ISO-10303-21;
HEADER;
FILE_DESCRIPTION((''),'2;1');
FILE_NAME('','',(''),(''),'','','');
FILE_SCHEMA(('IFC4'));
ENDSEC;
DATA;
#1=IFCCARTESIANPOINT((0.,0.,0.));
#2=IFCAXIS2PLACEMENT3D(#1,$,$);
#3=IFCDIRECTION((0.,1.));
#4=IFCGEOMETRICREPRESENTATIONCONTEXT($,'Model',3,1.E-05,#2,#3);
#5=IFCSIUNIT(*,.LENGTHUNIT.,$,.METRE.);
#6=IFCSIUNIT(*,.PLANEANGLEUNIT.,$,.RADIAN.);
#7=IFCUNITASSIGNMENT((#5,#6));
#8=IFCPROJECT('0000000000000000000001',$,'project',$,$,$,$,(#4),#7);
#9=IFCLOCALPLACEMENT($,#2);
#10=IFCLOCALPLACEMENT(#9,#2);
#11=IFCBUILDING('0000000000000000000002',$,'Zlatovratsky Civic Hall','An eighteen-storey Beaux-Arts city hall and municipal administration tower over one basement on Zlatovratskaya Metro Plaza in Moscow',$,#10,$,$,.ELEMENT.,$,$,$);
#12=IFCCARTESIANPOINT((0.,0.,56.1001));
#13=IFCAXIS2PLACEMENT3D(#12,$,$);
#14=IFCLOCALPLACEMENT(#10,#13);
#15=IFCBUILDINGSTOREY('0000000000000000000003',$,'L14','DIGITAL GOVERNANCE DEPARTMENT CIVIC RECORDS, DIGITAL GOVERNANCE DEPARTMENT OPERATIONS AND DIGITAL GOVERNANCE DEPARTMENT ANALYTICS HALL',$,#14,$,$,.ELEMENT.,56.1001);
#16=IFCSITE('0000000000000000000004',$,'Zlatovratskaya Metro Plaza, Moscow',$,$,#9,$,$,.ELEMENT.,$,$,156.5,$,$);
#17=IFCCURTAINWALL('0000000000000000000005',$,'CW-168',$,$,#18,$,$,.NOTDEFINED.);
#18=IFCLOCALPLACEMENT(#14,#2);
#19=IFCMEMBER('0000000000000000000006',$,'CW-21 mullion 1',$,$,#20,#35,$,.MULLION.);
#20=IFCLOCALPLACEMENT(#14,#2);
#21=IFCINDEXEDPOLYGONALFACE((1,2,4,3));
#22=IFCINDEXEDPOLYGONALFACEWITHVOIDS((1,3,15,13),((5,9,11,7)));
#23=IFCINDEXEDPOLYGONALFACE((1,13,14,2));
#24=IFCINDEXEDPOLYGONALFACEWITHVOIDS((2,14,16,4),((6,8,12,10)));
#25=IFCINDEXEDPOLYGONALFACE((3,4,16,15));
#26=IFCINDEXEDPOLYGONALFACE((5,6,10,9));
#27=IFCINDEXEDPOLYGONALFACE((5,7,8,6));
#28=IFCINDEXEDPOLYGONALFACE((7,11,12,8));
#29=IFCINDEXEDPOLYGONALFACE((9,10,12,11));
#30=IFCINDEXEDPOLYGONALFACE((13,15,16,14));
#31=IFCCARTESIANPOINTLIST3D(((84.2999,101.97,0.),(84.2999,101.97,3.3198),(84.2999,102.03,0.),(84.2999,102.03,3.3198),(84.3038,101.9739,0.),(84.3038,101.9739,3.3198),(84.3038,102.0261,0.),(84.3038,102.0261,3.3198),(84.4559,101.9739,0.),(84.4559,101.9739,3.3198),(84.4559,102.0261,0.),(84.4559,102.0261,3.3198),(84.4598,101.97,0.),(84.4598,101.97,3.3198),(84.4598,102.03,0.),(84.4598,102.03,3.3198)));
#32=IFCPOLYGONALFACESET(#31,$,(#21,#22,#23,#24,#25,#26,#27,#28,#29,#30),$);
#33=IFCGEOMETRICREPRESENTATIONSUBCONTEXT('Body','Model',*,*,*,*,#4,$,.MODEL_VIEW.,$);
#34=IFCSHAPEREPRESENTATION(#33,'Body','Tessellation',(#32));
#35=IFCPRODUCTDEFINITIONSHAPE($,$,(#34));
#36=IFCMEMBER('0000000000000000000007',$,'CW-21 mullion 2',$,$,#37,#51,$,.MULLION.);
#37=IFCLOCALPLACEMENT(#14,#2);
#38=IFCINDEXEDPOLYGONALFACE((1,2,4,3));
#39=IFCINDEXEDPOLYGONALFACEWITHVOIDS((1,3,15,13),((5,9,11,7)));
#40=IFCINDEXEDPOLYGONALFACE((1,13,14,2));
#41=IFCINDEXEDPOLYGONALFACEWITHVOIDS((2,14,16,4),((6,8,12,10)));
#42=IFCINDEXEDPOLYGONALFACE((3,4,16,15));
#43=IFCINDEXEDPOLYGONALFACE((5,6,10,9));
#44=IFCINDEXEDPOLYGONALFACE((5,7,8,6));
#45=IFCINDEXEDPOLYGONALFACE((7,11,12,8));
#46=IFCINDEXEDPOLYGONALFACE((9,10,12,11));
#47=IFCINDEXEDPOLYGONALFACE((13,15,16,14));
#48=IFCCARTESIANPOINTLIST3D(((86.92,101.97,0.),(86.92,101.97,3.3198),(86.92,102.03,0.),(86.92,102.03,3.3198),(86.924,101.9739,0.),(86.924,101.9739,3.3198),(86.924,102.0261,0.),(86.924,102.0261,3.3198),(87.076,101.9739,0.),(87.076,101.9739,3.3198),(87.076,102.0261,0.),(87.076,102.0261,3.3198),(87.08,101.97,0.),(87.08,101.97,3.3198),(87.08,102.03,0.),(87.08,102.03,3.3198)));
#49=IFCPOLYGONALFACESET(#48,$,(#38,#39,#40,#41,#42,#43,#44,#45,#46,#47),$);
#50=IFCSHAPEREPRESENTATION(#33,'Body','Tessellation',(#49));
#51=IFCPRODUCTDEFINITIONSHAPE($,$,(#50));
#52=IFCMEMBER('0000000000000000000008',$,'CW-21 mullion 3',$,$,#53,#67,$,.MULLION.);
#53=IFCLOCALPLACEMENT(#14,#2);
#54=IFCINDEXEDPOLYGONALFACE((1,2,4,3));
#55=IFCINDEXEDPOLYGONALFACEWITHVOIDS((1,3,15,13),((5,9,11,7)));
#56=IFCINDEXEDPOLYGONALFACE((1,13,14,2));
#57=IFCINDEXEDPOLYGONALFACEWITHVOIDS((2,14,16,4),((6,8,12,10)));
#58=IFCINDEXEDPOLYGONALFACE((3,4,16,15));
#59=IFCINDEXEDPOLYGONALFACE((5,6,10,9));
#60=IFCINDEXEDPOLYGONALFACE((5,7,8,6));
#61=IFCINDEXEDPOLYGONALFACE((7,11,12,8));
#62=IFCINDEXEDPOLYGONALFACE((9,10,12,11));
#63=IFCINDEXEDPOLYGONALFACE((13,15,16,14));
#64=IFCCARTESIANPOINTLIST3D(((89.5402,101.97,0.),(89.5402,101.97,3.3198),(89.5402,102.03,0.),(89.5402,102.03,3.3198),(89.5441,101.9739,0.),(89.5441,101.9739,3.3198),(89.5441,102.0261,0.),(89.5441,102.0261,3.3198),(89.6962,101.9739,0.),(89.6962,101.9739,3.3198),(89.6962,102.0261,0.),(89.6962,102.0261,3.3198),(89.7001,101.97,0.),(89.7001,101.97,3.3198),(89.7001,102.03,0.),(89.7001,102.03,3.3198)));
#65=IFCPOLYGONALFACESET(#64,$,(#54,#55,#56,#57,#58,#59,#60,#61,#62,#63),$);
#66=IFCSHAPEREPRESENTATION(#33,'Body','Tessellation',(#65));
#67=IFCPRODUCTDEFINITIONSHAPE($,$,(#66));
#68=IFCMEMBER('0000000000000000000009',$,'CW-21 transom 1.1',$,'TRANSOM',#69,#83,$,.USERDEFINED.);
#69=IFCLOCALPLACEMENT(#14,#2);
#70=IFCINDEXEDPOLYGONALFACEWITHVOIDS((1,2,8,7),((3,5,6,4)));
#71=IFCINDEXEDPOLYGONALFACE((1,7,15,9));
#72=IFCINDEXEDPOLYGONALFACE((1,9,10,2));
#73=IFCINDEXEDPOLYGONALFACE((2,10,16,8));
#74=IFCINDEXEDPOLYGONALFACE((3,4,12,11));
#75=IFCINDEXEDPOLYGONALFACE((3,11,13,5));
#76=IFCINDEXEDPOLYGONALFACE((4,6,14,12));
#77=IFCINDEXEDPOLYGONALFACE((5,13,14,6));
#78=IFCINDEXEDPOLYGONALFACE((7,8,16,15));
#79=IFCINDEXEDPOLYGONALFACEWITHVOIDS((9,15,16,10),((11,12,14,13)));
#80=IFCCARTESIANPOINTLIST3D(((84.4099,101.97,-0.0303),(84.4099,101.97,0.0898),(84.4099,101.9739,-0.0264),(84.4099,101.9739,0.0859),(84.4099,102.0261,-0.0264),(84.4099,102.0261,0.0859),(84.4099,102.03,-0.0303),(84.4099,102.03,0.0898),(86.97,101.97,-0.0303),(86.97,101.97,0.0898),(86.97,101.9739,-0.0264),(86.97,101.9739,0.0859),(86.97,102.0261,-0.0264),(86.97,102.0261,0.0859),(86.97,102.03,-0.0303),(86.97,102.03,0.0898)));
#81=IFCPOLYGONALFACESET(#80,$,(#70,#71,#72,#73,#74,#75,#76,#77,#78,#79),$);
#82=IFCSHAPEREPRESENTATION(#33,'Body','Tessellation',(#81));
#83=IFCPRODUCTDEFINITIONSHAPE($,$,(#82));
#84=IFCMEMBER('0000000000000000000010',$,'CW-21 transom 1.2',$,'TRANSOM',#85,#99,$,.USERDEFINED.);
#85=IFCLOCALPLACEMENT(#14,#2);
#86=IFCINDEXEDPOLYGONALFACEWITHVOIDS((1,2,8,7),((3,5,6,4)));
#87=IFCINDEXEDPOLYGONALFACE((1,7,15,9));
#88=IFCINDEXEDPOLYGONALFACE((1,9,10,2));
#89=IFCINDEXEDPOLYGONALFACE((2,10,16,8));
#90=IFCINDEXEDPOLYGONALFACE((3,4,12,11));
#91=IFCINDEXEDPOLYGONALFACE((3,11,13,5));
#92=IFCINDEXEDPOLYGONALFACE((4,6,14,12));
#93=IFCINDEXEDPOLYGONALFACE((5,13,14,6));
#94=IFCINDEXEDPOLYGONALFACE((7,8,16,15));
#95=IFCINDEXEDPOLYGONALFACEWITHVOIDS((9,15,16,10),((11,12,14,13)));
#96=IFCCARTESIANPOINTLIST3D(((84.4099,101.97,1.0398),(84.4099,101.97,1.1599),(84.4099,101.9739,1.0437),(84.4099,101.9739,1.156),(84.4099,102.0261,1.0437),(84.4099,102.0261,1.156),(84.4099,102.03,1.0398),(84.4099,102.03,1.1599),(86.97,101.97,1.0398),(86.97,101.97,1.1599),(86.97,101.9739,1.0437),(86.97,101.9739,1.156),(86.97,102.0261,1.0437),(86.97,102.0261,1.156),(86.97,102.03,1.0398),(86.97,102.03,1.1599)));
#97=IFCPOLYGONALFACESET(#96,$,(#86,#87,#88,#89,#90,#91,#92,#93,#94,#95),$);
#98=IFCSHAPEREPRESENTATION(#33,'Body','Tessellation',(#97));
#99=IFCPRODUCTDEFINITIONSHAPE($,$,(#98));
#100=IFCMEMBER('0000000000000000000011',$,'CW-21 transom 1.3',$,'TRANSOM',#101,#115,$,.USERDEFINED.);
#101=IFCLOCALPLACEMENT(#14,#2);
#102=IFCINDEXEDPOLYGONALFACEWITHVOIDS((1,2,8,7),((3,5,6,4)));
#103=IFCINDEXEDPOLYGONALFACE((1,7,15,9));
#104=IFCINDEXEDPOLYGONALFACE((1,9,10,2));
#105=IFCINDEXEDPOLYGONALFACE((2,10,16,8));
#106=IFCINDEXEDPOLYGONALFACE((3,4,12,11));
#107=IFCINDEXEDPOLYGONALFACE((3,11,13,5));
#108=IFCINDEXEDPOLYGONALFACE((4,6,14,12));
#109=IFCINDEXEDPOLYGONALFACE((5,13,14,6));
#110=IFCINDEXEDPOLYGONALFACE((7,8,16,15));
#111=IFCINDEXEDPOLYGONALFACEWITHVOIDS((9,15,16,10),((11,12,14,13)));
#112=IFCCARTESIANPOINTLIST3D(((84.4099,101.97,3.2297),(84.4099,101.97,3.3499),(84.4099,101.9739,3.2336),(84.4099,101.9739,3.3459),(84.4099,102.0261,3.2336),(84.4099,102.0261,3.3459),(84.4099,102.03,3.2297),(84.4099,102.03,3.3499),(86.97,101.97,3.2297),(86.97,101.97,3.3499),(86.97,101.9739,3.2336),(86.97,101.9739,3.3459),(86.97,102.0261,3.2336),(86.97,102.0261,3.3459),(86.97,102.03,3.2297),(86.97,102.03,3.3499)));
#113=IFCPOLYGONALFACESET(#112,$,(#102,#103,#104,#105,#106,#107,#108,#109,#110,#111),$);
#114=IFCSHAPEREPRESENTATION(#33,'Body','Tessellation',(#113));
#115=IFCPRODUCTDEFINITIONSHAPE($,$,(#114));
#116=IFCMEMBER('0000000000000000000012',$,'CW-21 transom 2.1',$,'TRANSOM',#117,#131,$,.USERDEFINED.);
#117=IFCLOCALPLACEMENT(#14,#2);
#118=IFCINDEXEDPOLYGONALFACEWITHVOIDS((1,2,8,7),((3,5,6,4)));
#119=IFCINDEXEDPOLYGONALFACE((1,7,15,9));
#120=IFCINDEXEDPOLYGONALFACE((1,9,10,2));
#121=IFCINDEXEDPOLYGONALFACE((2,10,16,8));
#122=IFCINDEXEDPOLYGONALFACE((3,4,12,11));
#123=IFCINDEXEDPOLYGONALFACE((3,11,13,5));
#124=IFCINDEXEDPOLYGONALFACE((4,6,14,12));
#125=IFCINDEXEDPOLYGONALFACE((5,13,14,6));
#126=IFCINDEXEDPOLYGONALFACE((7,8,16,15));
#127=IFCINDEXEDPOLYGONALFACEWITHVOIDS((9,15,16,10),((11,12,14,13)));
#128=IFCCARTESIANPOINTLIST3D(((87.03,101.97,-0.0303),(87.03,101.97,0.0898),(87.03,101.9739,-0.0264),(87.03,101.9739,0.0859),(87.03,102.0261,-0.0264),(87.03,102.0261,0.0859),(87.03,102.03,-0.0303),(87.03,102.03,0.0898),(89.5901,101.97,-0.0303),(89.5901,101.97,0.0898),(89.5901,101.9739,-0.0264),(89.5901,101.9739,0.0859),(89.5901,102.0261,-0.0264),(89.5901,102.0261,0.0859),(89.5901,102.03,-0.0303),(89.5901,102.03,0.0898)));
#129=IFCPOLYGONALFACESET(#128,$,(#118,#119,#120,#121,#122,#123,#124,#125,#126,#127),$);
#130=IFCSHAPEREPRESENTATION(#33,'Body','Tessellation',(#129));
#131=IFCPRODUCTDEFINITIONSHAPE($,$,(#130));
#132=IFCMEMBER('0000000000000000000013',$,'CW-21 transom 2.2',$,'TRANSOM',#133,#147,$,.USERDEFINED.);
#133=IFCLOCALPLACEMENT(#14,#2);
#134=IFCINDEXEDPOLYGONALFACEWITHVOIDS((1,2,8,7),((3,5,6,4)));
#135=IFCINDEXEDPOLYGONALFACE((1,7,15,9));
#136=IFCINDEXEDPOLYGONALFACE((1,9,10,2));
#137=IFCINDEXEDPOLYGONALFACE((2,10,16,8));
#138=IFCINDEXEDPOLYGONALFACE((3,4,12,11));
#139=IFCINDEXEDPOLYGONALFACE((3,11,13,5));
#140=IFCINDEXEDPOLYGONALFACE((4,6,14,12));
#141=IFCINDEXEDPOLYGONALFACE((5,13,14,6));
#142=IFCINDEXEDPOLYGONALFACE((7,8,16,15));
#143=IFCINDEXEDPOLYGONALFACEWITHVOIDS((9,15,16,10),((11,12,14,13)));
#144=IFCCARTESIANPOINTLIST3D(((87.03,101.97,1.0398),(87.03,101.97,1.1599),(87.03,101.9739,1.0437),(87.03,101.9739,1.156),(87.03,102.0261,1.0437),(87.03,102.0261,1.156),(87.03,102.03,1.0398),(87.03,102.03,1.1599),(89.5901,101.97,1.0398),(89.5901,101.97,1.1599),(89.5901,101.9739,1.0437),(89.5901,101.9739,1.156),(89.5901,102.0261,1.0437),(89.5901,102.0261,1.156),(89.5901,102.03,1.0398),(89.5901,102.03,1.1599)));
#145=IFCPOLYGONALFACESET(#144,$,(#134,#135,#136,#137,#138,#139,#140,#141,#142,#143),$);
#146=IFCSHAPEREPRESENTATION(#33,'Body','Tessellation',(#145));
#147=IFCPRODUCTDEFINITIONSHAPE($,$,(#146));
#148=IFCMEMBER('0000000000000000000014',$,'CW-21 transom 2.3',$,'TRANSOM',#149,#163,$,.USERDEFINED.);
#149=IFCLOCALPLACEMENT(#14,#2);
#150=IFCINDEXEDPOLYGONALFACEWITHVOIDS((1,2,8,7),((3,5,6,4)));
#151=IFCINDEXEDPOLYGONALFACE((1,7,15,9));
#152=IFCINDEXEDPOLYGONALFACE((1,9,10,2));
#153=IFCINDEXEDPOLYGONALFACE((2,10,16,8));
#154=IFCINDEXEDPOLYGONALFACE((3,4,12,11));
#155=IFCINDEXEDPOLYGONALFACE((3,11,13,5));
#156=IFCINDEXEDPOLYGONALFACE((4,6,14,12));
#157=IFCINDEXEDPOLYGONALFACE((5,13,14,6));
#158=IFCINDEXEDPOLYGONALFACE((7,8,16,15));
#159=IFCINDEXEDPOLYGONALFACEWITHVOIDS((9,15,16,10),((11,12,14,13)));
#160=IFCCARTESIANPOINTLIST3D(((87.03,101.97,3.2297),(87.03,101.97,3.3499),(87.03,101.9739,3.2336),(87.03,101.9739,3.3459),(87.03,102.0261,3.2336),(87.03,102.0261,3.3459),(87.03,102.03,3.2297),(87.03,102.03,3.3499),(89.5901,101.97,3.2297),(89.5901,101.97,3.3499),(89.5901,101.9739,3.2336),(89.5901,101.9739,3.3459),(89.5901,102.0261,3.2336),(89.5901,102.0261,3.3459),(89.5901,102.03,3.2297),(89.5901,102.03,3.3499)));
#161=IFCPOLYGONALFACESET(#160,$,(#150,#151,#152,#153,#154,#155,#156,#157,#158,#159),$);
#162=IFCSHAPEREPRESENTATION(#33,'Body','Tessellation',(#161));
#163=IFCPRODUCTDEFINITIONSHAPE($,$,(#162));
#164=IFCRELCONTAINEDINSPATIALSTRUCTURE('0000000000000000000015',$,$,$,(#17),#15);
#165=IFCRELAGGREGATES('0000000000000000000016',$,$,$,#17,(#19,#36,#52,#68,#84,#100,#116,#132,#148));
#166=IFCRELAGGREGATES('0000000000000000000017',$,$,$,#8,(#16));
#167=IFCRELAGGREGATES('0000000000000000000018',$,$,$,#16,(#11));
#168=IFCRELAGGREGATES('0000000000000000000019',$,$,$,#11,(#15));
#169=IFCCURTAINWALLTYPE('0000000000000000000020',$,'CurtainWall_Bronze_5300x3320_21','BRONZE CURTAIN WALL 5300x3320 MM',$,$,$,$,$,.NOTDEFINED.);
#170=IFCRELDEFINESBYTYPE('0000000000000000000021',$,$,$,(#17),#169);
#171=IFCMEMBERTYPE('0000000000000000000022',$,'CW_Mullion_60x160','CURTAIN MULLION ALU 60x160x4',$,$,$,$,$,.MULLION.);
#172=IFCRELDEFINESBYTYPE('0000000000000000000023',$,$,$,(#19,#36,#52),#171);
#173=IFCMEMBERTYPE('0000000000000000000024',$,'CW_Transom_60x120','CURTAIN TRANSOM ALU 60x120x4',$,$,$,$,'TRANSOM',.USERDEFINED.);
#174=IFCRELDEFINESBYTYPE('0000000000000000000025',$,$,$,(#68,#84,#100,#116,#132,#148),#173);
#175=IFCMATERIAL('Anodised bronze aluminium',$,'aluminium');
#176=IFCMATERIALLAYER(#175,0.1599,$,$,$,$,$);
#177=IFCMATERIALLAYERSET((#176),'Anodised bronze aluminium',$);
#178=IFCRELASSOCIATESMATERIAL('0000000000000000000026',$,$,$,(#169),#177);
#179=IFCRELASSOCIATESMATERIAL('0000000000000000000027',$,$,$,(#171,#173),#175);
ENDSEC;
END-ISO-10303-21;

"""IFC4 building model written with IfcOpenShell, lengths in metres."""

from ifc_helpers import new_model, si_unit, direction, frame, origin, origin_2d, place, context, subcontext, project, spatial, hollow_rectangle, extrude, material, layer, layer_set, material_profile, profile_set, type_object, element, aggregate, save


model = new_model("IFC4")

# Units and contexts
model_context = context("Model", 3, precision=1e-05, world=origin(), true_north=direction((0.0, 1.0)))
body_context = subcontext(model_context, "Body", "Model", "MODEL_VIEW")
ifc_project = project(units=[si_unit("LENGTHUNIT", "METRE"), si_unit("PLANEANGLEUNIT", "RADIAN")], contexts=[model_context])

# Site, building, storey
site_placement = place(None, origin())
site = spatial("IfcSite", under=ifc_project, at=site_placement, Name="Zlatovratskaya Metro Plaza, Moscow", CompositionType="ELEMENT", RefElevation=156.5)
building_placement = place(site_placement, origin())
building = spatial("IfcBuilding", under=site, at=building_placement, Name="Zlatovratsky Civic Hall", Description="An eighteen-storey Beaux-Arts city hall and municipal administration tower over one basement on Zlatovratskaya Metro Plaza in Moscow", CompositionType="ELEMENT")
storey_placement = place(building_placement, frame((0.0, 0.0, 56.1001)))
storey = spatial("IfcBuildingStorey", under=building, at=storey_placement, Name="L14", Description="DIGITAL GOVERNANCE DEPARTMENT CIVIC RECORDS, DIGITAL GOVERNANCE DEPARTMENT OPERATIONS AND DIGITAL GOVERNANCE DEPARTMENT ANALYTICS HALL", CompositionType="ELEMENT", Elevation=56.1001)

# Shared definitions
ifc_material_1 = material(Name="Anodised bronze aluminium", Category="aluminium")
ifc_layer_1 = layer(ifc_material_1, 0.1599)
ifc_layer_set_1 = layer_set([ifc_layer_1], Name="Anodised bronze aluminium")
curtain_wall_type = type_object("IfcCurtainWallType", Name="CurtainWall_Bronze_5300x3320_21", Description="BRONZE CURTAIN WALL 5300x3320 MM", PredefinedType="NOTDEFINED", material=ifc_layer_set_1)
ifc_material_profile_1 = material_profile(ifc_material_1, hollow_rectangle(XDim=0.0601, YDim=0.1599, WallThickness=0.0039, at=origin_2d()), Name="ALU 60x160x4")
ifc_profile_set_1 = profile_set([ifc_material_profile_1], Name="Anodised bronze aluminium")
member_type_1 = type_object("IfcMemberType", Name="CW_Mullion_60x160", Description="CURTAIN MULLION ALU 60x160x4", PredefinedType="MULLION", material=ifc_profile_set_1)

# Curtain wall, members
curtain_wall_1_placement = place(storey_placement, origin())
curtain_wall_1 = element("IfcCurtainWall", 1, at=curtain_wall_1_placement, inside=storey, type_object=curtain_wall_type, Name="CW-168", PredefinedType="NOTDEFINED")
member_1_placement = place(storey_placement, frame((84.3799, 102.0, 0.0), z_axis=(0.0, 0.0, 1.0), x_axis=(0.0, 1.0, 0.0)))
member_1 = element("IfcMember", 2, at=member_1_placement, type_object=member_type_1, Name="CW-21 mullion 1", PredefinedType="MULLION", context=body_context, shape_type="SweptSolid", body=[
    extrude(hollow_rectangle(XDim=0.0601, YDim=0.1599, WallThickness=0.0039, at=origin_2d()), origin(), (0.0, 0.0, 1.0), 3.3198),
])
member_2_placement = place(storey_placement, frame((87.0, 102.0, 0.0), z_axis=(0.0, 0.0, 1.0), x_axis=(0.0, 1.0, 0.0)))
member_2 = element("IfcMember", 3, at=member_2_placement, type_object=member_type_1, Name="CW-21 mullion 2", PredefinedType="MULLION", context=body_context, shape_type="SweptSolid", body=[
    extrude(hollow_rectangle(XDim=0.0601, YDim=0.1599, WallThickness=0.0039, at=origin_2d()), origin(), (0.0, 0.0, 1.0), 3.3198),
])
member_3_placement = place(storey_placement, frame((89.6201, 102.0, 0.0), z_axis=(0.0, 0.0, 1.0), x_axis=(0.0, 1.0, 0.0)))
member_3 = element("IfcMember", 4, at=member_3_placement, type_object=member_type_1, Name="CW-21 mullion 3", PredefinedType="MULLION", context=body_context, shape_type="SweptSolid", body=[
    extrude(hollow_rectangle(XDim=0.0601, YDim=0.1599, WallThickness=0.0039, at=origin_2d()), origin(), (0.0, 0.0, 1.0), 3.3198),
])
ifc_material_profile_2 = material_profile(ifc_material_1, hollow_rectangle(XDim=0.0601, YDim=0.1201, WallThickness=0.0039, at=origin_2d()), Name="ALU 60x120x4")
ifc_profile_set_2 = profile_set([ifc_material_profile_2], Name="Anodised bronze aluminium")
member_type_2 = type_object("IfcMemberType", Name="CW_Transom_60x120", Description="CURTAIN TRANSOM ALU 60x120x4", ElementType="TRANSOM", PredefinedType="USERDEFINED", material=ifc_profile_set_2)
member_4_placement = place(storey_placement, frame((84.4099, 102.0, 0.0298), z_axis=(1.0, 0.0, 0.0), x_axis=(0.0, 1.0, 0.0)))
member_4 = element("IfcMember", 5, at=member_4_placement, type_object=member_type_2, Name="CW-21 transom 1.1", ObjectType="TRANSOM", PredefinedType="USERDEFINED", context=body_context, shape_type="SweptSolid", body=[
    extrude(hollow_rectangle(XDim=0.0601, YDim=0.1201, WallThickness=0.0039, at=origin_2d()), origin(), (0.0, 0.0, 1.0), 2.5601),
])
member_5_placement = place(storey_placement, frame((84.4099, 102.0, 1.0999), z_axis=(1.0, 0.0, 0.0), x_axis=(0.0, 1.0, 0.0)))
member_5 = element("IfcMember", 6, at=member_5_placement, type_object=member_type_2, Name="CW-21 transom 1.2", ObjectType="TRANSOM", PredefinedType="USERDEFINED", context=body_context, shape_type="SweptSolid", body=[
    extrude(hollow_rectangle(XDim=0.0601, YDim=0.1201, WallThickness=0.0039, at=origin_2d()), origin(), (0.0, 0.0, 1.0), 2.5601),
])
member_6_placement = place(storey_placement, frame((84.4099, 102.0, 3.2898), z_axis=(1.0, 0.0, 0.0), x_axis=(0.0, 1.0, 0.0)))
member_6 = element("IfcMember", 7, at=member_6_placement, type_object=member_type_2, Name="CW-21 transom 1.3", ObjectType="TRANSOM", PredefinedType="USERDEFINED", context=body_context, shape_type="SweptSolid", body=[
    extrude(hollow_rectangle(XDim=0.0601, YDim=0.1201, WallThickness=0.0039, at=origin_2d()), origin(), (0.0, 0.0, 1.0), 2.5601),
])
member_7_placement = place(storey_placement, frame((87.03, 102.0, 0.0298), z_axis=(1.0, 0.0, 0.0), x_axis=(0.0, 1.0, 0.0)))
member_7 = element("IfcMember", 8, at=member_7_placement, type_object=member_type_2, Name="CW-21 transom 2.1", ObjectType="TRANSOM", PredefinedType="USERDEFINED", context=body_context, shape_type="SweptSolid", body=[
    extrude(hollow_rectangle(XDim=0.0601, YDim=0.1201, WallThickness=0.0039, at=origin_2d()), origin(), (0.0, 0.0, 1.0), 2.5601),
])
member_8_placement = place(storey_placement, frame((87.03, 102.0, 1.0999), z_axis=(1.0, 0.0, 0.0), x_axis=(0.0, 1.0, 0.0)))
member_8 = element("IfcMember", 9, at=member_8_placement, type_object=member_type_2, Name="CW-21 transom 2.2", ObjectType="TRANSOM", PredefinedType="USERDEFINED", context=body_context, shape_type="SweptSolid", body=[
    extrude(hollow_rectangle(XDim=0.0601, YDim=0.1201, WallThickness=0.0039, at=origin_2d()), origin(), (0.0, 0.0, 1.0), 2.5601),
])
member_9_placement = place(storey_placement, frame((87.03, 102.0, 3.2898), z_axis=(1.0, 0.0, 0.0), x_axis=(0.0, 1.0, 0.0)))
member_9 = element("IfcMember", 10, at=member_9_placement, type_object=member_type_2, Name="CW-21 transom 2.3", ObjectType="TRANSOM", PredefinedType="USERDEFINED", context=body_context, shape_type="SweptSolid", body=[
    extrude(hollow_rectangle(XDim=0.0601, YDim=0.1201, WallThickness=0.0039, at=origin_2d()), origin(), (0.0, 0.0, 1.0), 2.5601),
])

aggregate(curtain_wall_1, [member_1, member_2, member_3, member_4, member_5, member_6, member_7, member_8, member_9])

save(model, "model.ifc")
